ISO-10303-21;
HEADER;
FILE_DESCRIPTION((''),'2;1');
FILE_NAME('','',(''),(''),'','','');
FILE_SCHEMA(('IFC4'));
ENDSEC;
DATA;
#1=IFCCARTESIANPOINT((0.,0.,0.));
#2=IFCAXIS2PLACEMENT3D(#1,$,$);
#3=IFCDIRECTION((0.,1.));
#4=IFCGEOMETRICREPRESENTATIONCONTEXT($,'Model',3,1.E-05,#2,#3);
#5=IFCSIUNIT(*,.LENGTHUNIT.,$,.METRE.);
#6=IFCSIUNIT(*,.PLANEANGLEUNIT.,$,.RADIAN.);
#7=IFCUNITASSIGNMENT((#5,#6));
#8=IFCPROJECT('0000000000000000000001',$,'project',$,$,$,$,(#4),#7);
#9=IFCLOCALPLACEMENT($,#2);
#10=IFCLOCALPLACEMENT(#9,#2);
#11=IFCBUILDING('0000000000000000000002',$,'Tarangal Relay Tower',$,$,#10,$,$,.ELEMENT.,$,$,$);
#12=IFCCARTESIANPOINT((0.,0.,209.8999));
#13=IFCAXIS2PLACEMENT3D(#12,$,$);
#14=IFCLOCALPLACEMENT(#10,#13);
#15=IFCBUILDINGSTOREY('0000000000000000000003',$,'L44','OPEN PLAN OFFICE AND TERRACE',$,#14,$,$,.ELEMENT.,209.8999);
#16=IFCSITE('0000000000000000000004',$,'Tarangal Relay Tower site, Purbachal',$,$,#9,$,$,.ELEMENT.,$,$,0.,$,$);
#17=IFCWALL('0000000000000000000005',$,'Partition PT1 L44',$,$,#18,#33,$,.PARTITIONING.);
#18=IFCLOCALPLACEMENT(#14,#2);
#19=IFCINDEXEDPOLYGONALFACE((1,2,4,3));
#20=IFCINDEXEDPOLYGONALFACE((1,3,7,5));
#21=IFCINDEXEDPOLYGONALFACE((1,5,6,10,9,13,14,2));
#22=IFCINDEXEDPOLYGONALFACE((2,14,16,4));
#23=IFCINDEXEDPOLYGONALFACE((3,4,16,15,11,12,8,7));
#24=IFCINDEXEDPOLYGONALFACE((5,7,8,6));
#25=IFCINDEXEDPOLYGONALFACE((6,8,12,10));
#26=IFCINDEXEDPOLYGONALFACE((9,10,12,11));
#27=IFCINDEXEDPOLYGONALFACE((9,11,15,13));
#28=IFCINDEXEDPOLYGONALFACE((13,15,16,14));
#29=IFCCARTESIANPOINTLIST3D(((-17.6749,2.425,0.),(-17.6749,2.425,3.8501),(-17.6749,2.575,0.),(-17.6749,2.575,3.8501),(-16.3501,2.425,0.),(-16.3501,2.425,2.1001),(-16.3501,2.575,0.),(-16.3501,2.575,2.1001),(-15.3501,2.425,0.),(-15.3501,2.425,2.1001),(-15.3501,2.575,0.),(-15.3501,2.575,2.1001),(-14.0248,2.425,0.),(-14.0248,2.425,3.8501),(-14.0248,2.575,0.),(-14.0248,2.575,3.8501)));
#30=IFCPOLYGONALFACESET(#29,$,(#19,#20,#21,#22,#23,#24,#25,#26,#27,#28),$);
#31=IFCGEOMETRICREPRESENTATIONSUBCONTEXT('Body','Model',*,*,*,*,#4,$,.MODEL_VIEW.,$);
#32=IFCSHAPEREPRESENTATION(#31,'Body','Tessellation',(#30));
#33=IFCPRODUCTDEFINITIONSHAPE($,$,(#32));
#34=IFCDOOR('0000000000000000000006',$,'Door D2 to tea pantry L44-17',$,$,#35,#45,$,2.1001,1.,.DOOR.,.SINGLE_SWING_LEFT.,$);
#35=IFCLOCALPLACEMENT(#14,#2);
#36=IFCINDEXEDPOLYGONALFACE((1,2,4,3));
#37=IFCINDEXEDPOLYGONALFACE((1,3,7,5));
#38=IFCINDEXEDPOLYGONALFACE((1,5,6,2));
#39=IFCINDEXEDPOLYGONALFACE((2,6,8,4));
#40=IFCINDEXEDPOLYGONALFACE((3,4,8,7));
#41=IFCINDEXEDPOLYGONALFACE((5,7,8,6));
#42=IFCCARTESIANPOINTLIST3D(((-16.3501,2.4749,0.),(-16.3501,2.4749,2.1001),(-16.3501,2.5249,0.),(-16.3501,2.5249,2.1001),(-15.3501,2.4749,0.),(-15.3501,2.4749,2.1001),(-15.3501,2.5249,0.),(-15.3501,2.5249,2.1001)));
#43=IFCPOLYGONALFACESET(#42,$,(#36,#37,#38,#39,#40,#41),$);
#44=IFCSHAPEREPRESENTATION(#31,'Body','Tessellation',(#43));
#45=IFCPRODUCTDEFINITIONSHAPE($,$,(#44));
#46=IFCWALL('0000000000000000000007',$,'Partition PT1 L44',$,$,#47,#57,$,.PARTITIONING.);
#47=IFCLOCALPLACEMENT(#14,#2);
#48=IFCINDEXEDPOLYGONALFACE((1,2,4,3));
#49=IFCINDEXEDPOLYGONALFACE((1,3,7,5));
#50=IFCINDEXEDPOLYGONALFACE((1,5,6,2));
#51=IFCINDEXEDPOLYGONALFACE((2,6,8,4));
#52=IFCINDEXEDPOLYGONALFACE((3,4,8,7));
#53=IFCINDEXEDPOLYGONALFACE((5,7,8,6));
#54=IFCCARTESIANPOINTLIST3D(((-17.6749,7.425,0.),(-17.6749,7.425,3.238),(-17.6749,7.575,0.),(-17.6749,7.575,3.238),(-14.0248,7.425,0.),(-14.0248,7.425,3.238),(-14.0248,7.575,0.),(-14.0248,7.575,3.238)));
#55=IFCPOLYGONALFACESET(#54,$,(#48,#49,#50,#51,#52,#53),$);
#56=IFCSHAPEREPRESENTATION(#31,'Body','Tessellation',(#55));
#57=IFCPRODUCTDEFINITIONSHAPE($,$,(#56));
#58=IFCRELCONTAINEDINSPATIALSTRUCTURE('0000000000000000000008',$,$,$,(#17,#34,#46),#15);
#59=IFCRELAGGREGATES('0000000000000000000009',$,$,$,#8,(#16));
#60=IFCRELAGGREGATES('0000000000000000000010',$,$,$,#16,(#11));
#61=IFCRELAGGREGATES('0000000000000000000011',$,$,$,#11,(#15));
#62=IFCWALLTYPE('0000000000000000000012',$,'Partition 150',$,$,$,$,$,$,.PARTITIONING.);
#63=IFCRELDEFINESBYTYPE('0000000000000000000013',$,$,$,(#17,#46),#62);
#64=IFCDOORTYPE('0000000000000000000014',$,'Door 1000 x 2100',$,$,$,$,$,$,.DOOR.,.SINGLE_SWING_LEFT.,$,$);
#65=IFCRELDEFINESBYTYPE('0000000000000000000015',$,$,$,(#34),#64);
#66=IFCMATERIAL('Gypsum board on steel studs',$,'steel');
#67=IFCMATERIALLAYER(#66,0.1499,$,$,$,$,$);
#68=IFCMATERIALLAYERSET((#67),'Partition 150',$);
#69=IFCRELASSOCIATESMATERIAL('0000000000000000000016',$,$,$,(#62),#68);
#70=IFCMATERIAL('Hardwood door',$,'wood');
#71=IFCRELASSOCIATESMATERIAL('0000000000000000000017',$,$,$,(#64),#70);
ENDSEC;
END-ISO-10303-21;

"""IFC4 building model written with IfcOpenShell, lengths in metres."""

from ifc_helpers import new_model, si_unit, direction, frame, frame_2d, origin, place, context, subcontext, project, spatial, rectangle, extrude, material, layer, layer_set, type_object, element, fill, save


model = new_model("IFC4")

# Units and contexts
model_context = context("Model", 3, precision=1e-05, world=origin(), true_north=direction((0.0, 1.0)))
body_context = subcontext(model_context, "Body", "Model", "MODEL_VIEW")
ifc_project = project(units=[si_unit("LENGTHUNIT", "METRE"), si_unit("PLANEANGLEUNIT", "RADIAN")], contexts=[model_context])

# Site, building, storey
site_placement = place(None, origin())
site = spatial("IfcSite", under=ifc_project, at=site_placement, Name="Tarangal Relay Tower site, Purbachal", CompositionType="ELEMENT", RefElevation=0.0)
building_placement = place(site_placement, origin())
building = spatial("IfcBuilding", under=site, at=building_placement, Name="Tarangal Relay Tower", CompositionType="ELEMENT")
storey_placement = place(building_placement, frame((0.0, 0.0, 209.8999)))
storey = spatial("IfcBuildingStorey", under=building, at=storey_placement, Name="L44", Description="OPEN PLAN OFFICE AND TERRACE", CompositionType="ELEMENT", Elevation=209.8999)

# Wall, opening, door
ifc_material_1 = material(Name="Gypsum board on steel studs", Category="steel")
ifc_layer_1 = layer(ifc_material_1, 0.1499)
ifc_layer_set_1 = layer_set([ifc_layer_1], Name="Partition 150")
wall_type_1 = type_object("IfcWallType", Name="Partition 150", PredefinedType="PARTITIONING", material=ifc_layer_set_1)
wall_1_placement = place(storey_placement, frame((-17.675, 2.5, 0.0), z_axis=(0.0, 0.0, 1.0), x_axis=(1.0, 0.0, 0.0)))
wall_1 = element("IfcWall", 1, at=wall_1_placement, inside=storey, type_object=wall_type_1, Name="Partition PT1 L44", PredefinedType="PARTITIONING", context=body_context, shape_type="SweptSolid", body=[
    extrude(rectangle(XDim=3.6501, YDim=0.1499, at=frame_2d((1.8252, 0.0))), origin(), (0.0, 0.0, 1.0), 3.8501),
])
opening_1_placement = place(wall_1_placement, frame((1.325, 0.0, 0.0)))
opening_1 = element("IfcOpeningElement", 2, at=opening_1_placement, cuts=wall_1, PredefinedType="OPENING", context=body_context, shape_type="SweptSolid", body=[
    extrude(rectangle(XDim=1.0, YDim=2.1001, at=frame_2d((0.5, 1.05))), frame((0.0, 0.085, 0.0), z_axis=(0.0, -1.0, 0.0), x_axis=(1.0, 0.0, 0.0)), (0.0, 0.0, 1.0), 0.1699),
])
ifc_material_2 = material(Name="Hardwood door", Category="wood")
door_type_1 = type_object("IfcDoorType", Name="Door 1000 x 2100", OperationType="SINGLE_SWING_LEFT", PredefinedType="DOOR", material=ifc_material_2)
door_1_placement = place(opening_1_placement, origin())
door_1 = element("IfcDoor", 3, at=door_1_placement, inside=storey, type_object=door_type_1, Name="Door D2 to tea pantry L44-17", OperationType="SINGLE_SWING_LEFT", OverallHeight=2.1001, OverallWidth=1.0, PredefinedType="DOOR", context=body_context, shape_type="SweptSolid", body=[
    extrude(rectangle(XDim=1.0, YDim=2.1001, at=frame_2d((0.5, 1.05))), frame((0.0, 0.0249, 0.0), z_axis=(0.0, -1.0, 0.0), x_axis=(1.0, 0.0, 0.0)), (0.0, 0.0, 1.0), 0.05),
])
fill(opening_1, door_1)

# Wall
wall_2_placement = place(storey_placement, frame((-17.675, 7.5, 0.0), z_axis=(0.0, 0.0, 1.0), x_axis=(1.0, 0.0, 0.0)))
element("IfcWall", 4, at=wall_2_placement, inside=storey, type_object=wall_type_1, Name="Partition PT1 L44", PredefinedType="PARTITIONING", context=body_context, shape_type="SweptSolid", body=[
    extrude(rectangle(XDim=3.6501, YDim=0.1499, at=frame_2d((1.8252, 0.0))), origin(), (0.0, 0.0, 1.0), 3.238),
])

save(model, "model.ifc")
